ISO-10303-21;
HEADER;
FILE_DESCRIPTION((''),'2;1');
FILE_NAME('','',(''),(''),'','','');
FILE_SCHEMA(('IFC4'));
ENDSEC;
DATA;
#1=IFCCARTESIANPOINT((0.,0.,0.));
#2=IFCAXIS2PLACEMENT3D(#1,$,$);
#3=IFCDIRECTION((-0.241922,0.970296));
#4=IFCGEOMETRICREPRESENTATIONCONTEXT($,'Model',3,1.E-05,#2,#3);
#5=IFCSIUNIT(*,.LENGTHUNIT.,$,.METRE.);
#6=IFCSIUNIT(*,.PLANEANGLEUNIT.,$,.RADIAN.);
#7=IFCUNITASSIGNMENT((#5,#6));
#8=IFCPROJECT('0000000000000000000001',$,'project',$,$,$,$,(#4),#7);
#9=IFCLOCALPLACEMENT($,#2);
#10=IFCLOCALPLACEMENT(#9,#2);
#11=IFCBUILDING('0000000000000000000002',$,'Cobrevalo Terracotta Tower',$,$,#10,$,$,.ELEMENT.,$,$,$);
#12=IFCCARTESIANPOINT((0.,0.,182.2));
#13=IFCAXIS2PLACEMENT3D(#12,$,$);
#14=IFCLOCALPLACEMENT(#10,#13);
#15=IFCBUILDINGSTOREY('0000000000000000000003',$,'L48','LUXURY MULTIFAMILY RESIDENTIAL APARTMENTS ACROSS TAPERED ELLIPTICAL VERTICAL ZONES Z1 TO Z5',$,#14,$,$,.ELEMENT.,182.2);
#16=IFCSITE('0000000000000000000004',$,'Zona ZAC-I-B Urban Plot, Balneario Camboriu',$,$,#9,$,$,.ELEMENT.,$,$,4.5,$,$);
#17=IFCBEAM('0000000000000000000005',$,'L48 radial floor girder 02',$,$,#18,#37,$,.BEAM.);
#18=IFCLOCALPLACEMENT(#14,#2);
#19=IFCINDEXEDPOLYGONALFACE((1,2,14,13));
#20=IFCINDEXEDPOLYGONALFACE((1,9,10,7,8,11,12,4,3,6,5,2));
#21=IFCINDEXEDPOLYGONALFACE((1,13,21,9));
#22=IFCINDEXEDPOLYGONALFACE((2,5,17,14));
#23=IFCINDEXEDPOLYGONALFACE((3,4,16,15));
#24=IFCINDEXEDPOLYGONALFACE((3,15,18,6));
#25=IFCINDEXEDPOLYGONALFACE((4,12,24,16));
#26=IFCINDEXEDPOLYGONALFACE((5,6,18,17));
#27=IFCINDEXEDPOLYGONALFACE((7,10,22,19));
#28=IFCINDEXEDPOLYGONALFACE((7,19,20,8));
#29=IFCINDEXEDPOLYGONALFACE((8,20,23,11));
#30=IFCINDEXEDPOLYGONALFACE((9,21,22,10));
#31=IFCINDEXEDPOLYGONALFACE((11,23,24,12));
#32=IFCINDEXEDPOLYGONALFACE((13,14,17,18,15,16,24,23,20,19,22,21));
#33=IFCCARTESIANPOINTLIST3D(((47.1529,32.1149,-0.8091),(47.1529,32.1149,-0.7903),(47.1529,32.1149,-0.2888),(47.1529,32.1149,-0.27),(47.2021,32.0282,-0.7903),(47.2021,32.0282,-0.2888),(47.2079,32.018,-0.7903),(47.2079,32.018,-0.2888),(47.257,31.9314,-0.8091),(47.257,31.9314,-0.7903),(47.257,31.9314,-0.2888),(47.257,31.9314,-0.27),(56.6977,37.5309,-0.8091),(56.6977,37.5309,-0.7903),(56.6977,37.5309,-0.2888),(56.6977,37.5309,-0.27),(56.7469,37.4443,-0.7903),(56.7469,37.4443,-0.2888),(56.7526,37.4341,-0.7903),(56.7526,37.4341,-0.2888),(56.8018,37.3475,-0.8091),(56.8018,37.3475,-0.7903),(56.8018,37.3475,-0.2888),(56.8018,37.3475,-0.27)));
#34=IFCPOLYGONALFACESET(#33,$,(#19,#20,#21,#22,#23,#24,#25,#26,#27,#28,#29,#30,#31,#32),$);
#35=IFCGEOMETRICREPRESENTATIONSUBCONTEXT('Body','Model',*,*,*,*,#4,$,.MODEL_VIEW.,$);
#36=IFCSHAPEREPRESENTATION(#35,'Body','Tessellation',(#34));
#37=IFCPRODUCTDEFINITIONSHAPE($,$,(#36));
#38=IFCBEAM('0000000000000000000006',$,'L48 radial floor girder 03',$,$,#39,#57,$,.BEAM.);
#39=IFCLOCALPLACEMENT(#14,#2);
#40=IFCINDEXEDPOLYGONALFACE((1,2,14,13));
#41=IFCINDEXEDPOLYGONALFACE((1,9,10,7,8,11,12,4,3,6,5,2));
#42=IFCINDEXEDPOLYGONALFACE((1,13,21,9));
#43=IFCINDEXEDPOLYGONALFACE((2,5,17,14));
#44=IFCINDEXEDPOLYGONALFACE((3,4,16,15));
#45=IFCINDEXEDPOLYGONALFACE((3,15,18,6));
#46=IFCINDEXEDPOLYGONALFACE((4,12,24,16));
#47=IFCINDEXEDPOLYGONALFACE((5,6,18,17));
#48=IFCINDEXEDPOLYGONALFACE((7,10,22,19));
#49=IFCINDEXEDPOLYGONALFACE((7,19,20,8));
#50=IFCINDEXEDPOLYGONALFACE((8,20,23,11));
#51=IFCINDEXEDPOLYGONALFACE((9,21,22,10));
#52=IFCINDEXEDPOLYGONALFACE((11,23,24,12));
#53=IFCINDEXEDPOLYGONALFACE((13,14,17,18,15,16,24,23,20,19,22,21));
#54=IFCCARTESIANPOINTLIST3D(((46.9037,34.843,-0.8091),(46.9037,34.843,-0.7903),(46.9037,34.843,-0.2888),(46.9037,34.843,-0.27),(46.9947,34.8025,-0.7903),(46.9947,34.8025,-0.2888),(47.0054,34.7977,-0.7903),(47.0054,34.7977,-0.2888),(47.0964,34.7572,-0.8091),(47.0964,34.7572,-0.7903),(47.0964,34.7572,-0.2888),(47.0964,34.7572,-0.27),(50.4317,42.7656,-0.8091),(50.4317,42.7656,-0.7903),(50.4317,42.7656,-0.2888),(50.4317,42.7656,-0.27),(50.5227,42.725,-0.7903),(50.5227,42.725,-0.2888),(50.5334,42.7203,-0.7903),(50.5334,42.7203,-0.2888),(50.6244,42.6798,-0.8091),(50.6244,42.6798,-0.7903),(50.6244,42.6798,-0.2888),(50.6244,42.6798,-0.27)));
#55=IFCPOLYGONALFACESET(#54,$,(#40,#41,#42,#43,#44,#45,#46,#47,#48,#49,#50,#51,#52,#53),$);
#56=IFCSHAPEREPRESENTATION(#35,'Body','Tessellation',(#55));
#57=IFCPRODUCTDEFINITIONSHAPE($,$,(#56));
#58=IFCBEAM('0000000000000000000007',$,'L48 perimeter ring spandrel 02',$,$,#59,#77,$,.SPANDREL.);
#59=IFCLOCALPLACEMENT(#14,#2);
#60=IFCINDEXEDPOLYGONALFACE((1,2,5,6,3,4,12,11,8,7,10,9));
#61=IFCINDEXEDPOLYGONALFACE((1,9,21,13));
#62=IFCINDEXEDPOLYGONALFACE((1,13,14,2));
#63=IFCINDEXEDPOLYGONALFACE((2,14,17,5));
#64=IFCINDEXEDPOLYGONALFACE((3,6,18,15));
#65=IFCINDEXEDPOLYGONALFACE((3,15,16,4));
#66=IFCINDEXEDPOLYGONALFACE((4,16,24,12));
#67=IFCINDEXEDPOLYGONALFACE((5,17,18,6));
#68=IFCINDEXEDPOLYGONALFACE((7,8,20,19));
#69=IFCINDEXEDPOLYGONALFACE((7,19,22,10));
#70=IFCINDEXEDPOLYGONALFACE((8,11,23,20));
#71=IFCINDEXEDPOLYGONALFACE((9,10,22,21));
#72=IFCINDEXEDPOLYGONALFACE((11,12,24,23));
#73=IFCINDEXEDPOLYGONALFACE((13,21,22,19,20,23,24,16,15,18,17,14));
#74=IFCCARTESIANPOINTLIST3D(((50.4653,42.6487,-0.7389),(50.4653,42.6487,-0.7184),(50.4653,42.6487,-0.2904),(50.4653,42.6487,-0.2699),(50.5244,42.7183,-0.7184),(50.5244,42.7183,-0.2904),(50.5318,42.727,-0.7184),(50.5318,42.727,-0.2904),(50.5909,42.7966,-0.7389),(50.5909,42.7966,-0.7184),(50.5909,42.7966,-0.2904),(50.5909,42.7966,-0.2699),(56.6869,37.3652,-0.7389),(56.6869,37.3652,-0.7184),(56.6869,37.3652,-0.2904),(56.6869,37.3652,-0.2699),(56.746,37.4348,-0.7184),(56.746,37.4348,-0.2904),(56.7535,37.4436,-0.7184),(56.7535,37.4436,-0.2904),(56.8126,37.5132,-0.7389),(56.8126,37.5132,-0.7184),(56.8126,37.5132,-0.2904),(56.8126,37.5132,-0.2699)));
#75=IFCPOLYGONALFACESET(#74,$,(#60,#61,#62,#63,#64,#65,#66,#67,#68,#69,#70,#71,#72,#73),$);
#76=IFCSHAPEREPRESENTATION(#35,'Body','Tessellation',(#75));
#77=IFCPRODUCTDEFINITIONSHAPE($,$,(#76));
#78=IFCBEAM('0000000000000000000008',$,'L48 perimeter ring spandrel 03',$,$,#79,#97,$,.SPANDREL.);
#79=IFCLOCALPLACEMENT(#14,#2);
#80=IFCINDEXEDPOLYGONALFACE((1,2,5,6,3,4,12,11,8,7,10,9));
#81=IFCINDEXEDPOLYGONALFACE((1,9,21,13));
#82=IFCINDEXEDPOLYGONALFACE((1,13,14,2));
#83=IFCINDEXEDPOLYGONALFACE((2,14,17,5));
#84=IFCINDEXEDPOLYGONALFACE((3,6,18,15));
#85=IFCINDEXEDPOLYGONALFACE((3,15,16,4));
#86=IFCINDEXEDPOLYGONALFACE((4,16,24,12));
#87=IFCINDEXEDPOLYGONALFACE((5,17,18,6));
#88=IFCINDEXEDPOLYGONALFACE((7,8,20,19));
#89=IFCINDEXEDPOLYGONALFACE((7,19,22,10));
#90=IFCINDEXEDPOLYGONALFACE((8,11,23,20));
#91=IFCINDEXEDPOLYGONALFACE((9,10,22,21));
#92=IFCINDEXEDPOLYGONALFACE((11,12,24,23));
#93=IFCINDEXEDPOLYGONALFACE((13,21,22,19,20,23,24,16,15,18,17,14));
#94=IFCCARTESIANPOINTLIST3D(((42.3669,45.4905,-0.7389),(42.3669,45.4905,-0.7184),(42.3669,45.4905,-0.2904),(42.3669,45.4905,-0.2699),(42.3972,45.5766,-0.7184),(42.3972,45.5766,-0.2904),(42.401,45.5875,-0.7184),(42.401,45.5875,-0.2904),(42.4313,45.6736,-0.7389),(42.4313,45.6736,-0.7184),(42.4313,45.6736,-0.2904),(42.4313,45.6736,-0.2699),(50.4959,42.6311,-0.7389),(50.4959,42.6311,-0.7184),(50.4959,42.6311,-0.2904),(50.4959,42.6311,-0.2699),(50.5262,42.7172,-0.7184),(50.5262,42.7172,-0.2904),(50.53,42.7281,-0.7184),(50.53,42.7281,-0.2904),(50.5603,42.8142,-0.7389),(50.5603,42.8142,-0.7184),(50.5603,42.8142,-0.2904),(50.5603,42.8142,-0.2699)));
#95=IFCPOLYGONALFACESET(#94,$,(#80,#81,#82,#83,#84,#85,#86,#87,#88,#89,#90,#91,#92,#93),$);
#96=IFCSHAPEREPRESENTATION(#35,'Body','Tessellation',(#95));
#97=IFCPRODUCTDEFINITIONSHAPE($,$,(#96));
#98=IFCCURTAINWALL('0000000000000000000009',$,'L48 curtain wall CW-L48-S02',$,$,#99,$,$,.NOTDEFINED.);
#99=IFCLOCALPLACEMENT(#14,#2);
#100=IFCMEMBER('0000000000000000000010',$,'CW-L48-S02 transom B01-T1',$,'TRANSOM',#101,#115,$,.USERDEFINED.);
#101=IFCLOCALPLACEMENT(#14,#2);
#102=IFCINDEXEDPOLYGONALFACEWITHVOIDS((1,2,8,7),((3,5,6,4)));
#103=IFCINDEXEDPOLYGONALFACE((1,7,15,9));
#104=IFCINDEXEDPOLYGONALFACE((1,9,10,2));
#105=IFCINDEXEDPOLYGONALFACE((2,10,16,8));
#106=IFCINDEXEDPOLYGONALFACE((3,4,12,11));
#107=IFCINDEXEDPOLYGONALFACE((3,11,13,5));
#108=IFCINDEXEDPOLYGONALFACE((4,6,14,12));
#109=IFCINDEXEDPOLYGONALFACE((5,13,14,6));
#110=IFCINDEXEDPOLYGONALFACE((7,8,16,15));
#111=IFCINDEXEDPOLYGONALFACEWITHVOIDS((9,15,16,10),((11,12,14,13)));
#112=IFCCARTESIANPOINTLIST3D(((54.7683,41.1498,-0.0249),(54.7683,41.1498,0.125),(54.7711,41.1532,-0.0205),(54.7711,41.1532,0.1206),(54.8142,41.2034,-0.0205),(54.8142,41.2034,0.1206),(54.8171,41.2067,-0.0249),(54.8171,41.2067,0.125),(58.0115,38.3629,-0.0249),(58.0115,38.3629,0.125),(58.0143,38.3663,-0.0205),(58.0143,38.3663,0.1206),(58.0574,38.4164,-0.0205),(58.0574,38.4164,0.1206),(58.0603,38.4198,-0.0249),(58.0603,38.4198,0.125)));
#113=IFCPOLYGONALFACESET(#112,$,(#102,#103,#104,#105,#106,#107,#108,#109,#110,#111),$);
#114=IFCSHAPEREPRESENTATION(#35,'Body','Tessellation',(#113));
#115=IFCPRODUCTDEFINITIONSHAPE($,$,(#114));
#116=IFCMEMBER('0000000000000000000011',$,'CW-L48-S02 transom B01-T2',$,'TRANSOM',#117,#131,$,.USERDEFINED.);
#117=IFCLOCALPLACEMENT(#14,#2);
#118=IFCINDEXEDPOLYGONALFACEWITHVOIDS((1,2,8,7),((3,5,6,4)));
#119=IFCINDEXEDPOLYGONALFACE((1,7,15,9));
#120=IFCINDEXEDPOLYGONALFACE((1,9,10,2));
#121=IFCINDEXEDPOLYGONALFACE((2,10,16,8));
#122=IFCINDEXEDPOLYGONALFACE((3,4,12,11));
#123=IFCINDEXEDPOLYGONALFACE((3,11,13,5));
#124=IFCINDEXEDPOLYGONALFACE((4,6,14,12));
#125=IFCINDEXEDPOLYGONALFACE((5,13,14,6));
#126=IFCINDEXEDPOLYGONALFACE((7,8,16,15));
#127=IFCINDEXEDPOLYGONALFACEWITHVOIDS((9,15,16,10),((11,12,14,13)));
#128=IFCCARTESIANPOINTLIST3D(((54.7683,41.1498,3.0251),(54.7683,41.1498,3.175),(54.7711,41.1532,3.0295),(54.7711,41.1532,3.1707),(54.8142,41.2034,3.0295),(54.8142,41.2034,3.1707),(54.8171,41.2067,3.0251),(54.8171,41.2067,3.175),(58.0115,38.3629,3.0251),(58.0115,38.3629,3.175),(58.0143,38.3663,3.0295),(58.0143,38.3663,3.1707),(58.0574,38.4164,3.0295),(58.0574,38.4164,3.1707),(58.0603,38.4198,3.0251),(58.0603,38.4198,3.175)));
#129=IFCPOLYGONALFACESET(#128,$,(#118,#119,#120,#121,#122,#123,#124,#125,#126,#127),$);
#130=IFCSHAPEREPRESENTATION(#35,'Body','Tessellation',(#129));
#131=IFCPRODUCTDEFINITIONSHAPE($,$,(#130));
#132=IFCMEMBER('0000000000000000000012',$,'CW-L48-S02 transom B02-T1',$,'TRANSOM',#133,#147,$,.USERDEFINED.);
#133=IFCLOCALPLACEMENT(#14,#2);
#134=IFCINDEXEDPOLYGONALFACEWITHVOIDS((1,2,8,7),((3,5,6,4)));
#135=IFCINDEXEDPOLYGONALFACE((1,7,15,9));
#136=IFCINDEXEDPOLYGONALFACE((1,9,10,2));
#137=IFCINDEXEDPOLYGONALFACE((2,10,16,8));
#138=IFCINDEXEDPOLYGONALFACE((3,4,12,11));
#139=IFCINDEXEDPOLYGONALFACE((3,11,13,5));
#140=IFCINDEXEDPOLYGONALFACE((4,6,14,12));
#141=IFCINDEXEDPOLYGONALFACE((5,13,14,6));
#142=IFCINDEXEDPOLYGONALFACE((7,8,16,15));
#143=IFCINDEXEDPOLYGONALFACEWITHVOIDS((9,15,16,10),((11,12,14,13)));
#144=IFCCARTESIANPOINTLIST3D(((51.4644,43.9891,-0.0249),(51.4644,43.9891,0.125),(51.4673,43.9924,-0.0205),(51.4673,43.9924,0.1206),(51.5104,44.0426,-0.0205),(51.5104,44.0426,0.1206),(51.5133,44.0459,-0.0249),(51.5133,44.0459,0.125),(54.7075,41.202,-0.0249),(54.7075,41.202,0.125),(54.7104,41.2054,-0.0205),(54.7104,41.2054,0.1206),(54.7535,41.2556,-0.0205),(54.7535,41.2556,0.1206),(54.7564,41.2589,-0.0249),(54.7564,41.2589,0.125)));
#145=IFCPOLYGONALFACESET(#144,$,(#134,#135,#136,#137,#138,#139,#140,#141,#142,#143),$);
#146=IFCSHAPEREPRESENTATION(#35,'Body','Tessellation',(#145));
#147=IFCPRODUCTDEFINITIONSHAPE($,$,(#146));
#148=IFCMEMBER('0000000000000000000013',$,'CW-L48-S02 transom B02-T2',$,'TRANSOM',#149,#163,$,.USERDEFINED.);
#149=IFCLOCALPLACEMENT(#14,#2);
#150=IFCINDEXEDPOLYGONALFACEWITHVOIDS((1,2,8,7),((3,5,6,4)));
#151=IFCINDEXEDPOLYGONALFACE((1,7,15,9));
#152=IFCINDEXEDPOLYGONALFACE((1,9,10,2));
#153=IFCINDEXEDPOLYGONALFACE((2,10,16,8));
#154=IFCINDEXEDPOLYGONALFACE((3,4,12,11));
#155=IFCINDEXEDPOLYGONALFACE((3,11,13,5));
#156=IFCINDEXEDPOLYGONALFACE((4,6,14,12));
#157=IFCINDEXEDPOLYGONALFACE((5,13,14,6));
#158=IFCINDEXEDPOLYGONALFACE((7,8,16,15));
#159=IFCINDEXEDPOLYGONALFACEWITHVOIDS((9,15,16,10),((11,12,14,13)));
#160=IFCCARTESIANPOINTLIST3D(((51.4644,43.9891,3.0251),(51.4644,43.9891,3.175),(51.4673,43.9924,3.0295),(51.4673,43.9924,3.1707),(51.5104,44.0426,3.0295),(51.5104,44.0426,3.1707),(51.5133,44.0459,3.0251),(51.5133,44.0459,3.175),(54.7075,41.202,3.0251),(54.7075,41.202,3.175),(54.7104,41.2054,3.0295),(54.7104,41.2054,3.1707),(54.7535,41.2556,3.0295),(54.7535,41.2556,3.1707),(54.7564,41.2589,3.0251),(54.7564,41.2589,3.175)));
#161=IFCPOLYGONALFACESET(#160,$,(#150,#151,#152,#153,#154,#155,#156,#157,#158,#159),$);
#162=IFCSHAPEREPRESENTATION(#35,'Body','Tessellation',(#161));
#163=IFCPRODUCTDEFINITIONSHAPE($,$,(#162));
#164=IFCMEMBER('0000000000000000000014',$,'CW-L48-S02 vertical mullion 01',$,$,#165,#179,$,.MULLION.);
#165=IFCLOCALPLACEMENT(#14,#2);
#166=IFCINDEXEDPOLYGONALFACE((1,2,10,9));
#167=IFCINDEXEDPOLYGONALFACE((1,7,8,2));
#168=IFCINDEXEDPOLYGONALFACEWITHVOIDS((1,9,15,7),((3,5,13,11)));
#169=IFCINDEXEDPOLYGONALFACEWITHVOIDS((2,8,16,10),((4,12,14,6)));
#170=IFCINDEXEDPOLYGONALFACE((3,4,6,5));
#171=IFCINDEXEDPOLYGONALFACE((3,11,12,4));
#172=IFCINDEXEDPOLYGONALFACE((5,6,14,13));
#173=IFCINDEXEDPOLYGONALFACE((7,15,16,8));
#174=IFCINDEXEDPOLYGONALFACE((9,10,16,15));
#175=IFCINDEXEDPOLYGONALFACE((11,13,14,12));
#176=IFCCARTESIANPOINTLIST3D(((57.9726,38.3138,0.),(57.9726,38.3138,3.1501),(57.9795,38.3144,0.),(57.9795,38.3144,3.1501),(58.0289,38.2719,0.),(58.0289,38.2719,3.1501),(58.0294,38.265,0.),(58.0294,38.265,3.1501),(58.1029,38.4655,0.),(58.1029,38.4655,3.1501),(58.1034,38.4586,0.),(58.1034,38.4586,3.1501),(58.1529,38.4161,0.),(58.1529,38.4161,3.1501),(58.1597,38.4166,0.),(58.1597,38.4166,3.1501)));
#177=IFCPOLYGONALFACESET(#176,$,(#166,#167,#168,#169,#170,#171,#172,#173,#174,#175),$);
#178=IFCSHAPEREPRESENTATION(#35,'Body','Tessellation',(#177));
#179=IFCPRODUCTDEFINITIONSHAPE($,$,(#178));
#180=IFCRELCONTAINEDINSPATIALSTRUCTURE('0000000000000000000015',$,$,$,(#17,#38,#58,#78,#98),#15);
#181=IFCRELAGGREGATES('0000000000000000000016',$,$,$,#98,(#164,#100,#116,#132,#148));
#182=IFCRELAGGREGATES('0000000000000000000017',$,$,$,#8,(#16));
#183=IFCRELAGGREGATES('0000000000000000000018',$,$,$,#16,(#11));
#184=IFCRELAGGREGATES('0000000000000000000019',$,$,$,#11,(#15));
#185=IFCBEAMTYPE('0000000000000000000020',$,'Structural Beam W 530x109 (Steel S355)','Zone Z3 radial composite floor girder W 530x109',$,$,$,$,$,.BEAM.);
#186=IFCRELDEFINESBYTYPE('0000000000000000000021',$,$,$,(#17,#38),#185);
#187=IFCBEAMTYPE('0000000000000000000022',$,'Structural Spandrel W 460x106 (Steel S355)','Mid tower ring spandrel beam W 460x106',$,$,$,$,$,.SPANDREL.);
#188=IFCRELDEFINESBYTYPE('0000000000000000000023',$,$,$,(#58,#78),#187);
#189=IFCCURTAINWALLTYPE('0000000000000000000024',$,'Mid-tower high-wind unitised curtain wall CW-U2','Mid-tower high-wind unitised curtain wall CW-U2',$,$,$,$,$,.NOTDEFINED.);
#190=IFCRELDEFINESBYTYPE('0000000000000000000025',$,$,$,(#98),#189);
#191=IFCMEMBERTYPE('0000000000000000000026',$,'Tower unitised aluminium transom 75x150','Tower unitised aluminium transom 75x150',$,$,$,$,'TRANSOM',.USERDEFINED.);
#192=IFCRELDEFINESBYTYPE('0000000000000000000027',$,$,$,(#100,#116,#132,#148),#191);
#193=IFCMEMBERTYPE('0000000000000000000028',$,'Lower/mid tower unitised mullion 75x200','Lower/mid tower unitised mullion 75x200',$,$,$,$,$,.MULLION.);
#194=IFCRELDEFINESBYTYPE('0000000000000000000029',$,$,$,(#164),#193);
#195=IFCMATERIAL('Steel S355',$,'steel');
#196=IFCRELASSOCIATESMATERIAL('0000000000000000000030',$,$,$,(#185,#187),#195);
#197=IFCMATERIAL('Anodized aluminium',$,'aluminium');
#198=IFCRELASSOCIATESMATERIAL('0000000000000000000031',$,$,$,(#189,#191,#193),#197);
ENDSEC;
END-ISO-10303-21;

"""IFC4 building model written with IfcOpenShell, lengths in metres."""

from ifc_helpers import new_model, si_unit, direction, frame, origin, origin_2d, place, context, subcontext, project, spatial, hollow_rectangle, i_section, extrude, source, transform, mapped, material, material_profile, profile_set, type_object, element, aggregate, save


model = new_model("IFC4")

# Units and contexts
model_context = context("Model", 3, precision=1e-05, world=origin(), true_north=direction((-0.241922, 0.970296)))
body_context = subcontext(model_context, "Body", "Model", "MODEL_VIEW")
ifc_project = project(units=[si_unit("LENGTHUNIT", "METRE"), si_unit("PLANEANGLEUNIT", "RADIAN")], contexts=[model_context])

# Site, building, storey
site_placement = place(None, origin())
site = spatial("IfcSite", under=ifc_project, at=site_placement, Name="Zona ZAC-I-B Urban Plot, Balneario Camboriu", CompositionType="ELEMENT", RefElevation=4.5)
building_placement = place(site_placement, origin())
building = spatial("IfcBuilding", under=site, at=building_placement, Name="Cobrevalo Terracotta Tower", CompositionType="ELEMENT")
storey_placement = place(building_placement, frame((0.0, 0.0, 182.2)))
storey = spatial("IfcBuildingStorey", under=building, at=storey_placement, Name="L48", Description="LUXURY MULTIFAMILY RESIDENTIAL APARTMENTS ACROSS TAPERED ELLIPTICAL VERTICAL ZONES Z1 TO Z5", CompositionType="ELEMENT", Elevation=182.2)

# Shared definitions
ifc_material_1 = material(Name="Steel S355", Category="steel")

# Beams
ifc_material_profile_1 = material_profile(ifc_material_1, i_section(OverallWidth=0.2109, OverallDepth=0.5391, WebThickness=0.0117, FlangeThickness=0.0188, at=origin_2d()), Name="W 530x109")
ifc_profile_set_1 = profile_set([ifc_material_profile_1], Name="Steel S355")
beam_type_1 = type_object("IfcBeamType", Name="Structural Beam W 530x109 (Steel S355)", Description="Zone Z3 radial composite floor girder W 530x109", PredefinedType="BEAM", material=ifc_profile_set_1)
beam_1_placement = place(storey_placement, frame((56.7498, 37.4392, -0.5396), z_axis=(-0.869734, -0.49352, 0.0), x_axis=(0.49352, -0.869734, 0.0)))
element("IfcBeam", 1, at=beam_1_placement, inside=storey, type_object=beam_type_1, Name="L48 radial floor girder 02", PredefinedType="BEAM", context=body_context, shape_type="SweptSolid", body=[
    extrude(i_section(OverallWidth=0.2109, OverallDepth=0.5391, WebThickness=0.0117, FlangeThickness=0.0188, at=origin_2d()), origin(), (0.0, 0.0, 1.0), 10.9744),
])
beam_2_placement = place(storey_placement, frame((50.5281, 42.7227, -0.5396), z_axis=(-0.406804, -0.913515, 0.0), x_axis=(0.913515, -0.406804, 0.0)))
element("IfcBeam", 2, at=beam_2_placement, inside=storey, type_object=beam_type_1, Name="L48 radial floor girder 03", PredefinedType="BEAM", context=body_context, shape_type="SweptSolid", body=[
    extrude(i_section(OverallWidth=0.2109, OverallDepth=0.5391, WebThickness=0.0117, FlangeThickness=0.0188, at=origin_2d()), origin(), (0.0, 0.0, 1.0), 8.6726),
])
ifc_material_profile_2 = material_profile(ifc_material_1, i_section(OverallWidth=0.1941, OverallDepth=0.469, WebThickness=0.0115, FlangeThickness=0.0205, at=origin_2d()), Name="W 460x106")
ifc_profile_set_2 = profile_set([ifc_material_profile_2], Name="Steel S355")
beam_type_2 = type_object("IfcBeamType", Name="Structural Spandrel W 460x106 (Steel S355)", Description="Mid tower ring spandrel beam W 460x106", PredefinedType="SPANDREL", material=ifc_profile_set_2)
beam_3_placement = place(storey_placement, frame((56.7498, 37.4392, -0.5044), z_axis=(-0.76224, 0.647294, 0.0), x_axis=(-0.647294, -0.76224, 0.0)))
element("IfcBeam", 3, at=beam_3_placement, inside=storey, type_object=beam_type_2, Name="L48 perimeter ring spandrel 02", PredefinedType="SPANDREL", context=body_context, shape_type="SweptSolid", body=[
    extrude(i_section(OverallWidth=0.1941, OverallDepth=0.469, WebThickness=0.0115, FlangeThickness=0.0205, at=origin_2d()), origin(), (0.0, 0.0, 1.0), 8.1624),
])
beam_4_placement = place(storey_placement, frame((50.5281, 42.7227, -0.5044), z_axis=(-0.943341, 0.331824, 0.0), x_axis=(-0.331824, -0.943341, 0.0)))
element("IfcBeam", 4, at=beam_4_placement, inside=storey, type_object=beam_type_2, Name="L48 perimeter ring spandrel 03", PredefinedType="SPANDREL", context=body_context, shape_type="SweptSolid", body=[
    extrude(i_section(OverallWidth=0.1941, OverallDepth=0.469, WebThickness=0.0115, FlangeThickness=0.0205, at=origin_2d()), origin(), (0.0, 0.0, 1.0), 8.6172),
])

# Curtain wall, members
ifc_material_2 = material(Name="Anodized aluminium", Category="aluminium")
curtain_wall_type = type_object("IfcCurtainWallType", Name="Mid-tower high-wind unitised curtain wall CW-U2", Description="Mid-tower high-wind unitised curtain wall CW-U2", PredefinedType="NOTDEFINED", material=ifc_material_2)
curtain_wall_placement = place(storey_placement, origin())
curtain_wall = element("IfcCurtainWall", 5, at=curtain_wall_placement, inside=storey, type_object=curtain_wall_type, Name="L48 curtain wall CW-L48-S02", PredefinedType="NOTDEFINED")
ifc_material_profile_3 = material_profile(ifc_material_2, hollow_rectangle(XDim=0.075, YDim=0.1499, WallThickness=0.0044, at=origin_2d()), Name="CWT 75x150")
ifc_profile_set_3 = profile_set([ifc_material_profile_3], Name="Anodized aluminium")
member_type_1 = type_object("IfcMemberType", Name="Tower unitised aluminium transom 75x150", Description="Tower unitised aluminium transom 75x150", ElementType="TRANSOM", PredefinedType="USERDEFINED", material=ifc_profile_set_3)
shared_shape_1 = source(origin(), body_context, "Body", "SweptSolid", [
    extrude(hollow_rectangle(XDim=0.075, YDim=0.1499, WallThickness=0.0044, at=origin_2d()), origin(), (0.0, 0.0, 1.0), 4.2761),
])
member_1_placement = place(storey_placement, frame((58.0359, 38.3914, 0.05), z_axis=(-0.758446, 0.651736, 0.0), x_axis=(-0.651736, -0.758446, 0.0)))
member_1 = element("IfcMember", 6, at=member_1_placement, type_object=member_type_1, Name="CW-L48-S02 transom B01-T1", ObjectType="TRANSOM", PredefinedType="USERDEFINED", context=body_context, shape_type="MappedRepresentation", body=[
    mapped(shared_shape_1, transform((0.0, 0.0, 0.0), scale=1.0)),
])
member_2_placement = place(storey_placement, frame((58.0359, 38.3914, 3.1001), z_axis=(-0.758446, 0.651736, 0.0), x_axis=(-0.651736, -0.758446, 0.0)))
member_2 = element("IfcMember", 7, at=member_2_placement, type_object=member_type_1, Name="CW-L48-S02 transom B01-T2", ObjectType="TRANSOM", PredefinedType="USERDEFINED", context=body_context, shape_type="MappedRepresentation", body=[
    mapped(shared_shape_1, transform((0.0, 0.0, 0.0), scale=1.0)),
])
member_3_placement = place(storey_placement, frame((54.7319, 41.2305, 0.05), z_axis=(-0.758418, 0.651769, 0.0), x_axis=(-0.651769, -0.758418, 0.0)))
member_3 = element("IfcMember", 8, at=member_3_placement, type_object=member_type_1, Name="CW-L48-S02 transom B02-T1", ObjectType="TRANSOM", PredefinedType="USERDEFINED", context=body_context, shape_type="MappedRepresentation", body=[
    mapped(shared_shape_1, transform((0.0, 0.0, 0.0), scale=1.0)),
])
member_4_placement = place(storey_placement, frame((54.7319, 41.2305, 3.1001), z_axis=(-0.758418, 0.651769, 0.0), x_axis=(-0.651769, -0.758418, 0.0)))
member_4 = element("IfcMember", 9, at=member_4_placement, type_object=member_type_1, Name="CW-L48-S02 transom B02-T2", ObjectType="TRANSOM", PredefinedType="USERDEFINED", context=body_context, shape_type="MappedRepresentation", body=[
    mapped(shared_shape_1, transform((0.0, 0.0, 0.0), scale=1.0)),
])
ifc_material_profile_4 = material_profile(ifc_material_2, hollow_rectangle(XDim=0.075, YDim=0.2, WallThickness=0.0049, at=origin_2d()), Name="CWM 75x200")
ifc_profile_set_4 = profile_set([ifc_material_profile_4], Name="Anodized aluminium")
member_type_2 = type_object("IfcMemberType", Name="Lower/mid tower unitised mullion 75x200", Description="Lower/mid tower unitised mullion 75x200", PredefinedType="MULLION", material=ifc_profile_set_4)
shared_shape_2 = source(origin(), body_context, "Body", "SweptSolid", [
    extrude(hollow_rectangle(XDim=0.075, YDim=0.2, WallThickness=0.0049, at=origin_2d()), origin(), (0.0, 0.0, 1.0), 3.1501),
])
member_5_placement = place(storey_placement, frame((58.0662, 38.3652, 0.0), z_axis=(0.0, 0.0, 1.0), x_axis=(-0.758442, 0.651741, 0.0)))
member_5 = element("IfcMember", 10, at=member_5_placement, type_object=member_type_2, Name="CW-L48-S02 vertical mullion 01", PredefinedType="MULLION", context=body_context, shape_type="MappedRepresentation", body=[
    mapped(shared_shape_2, transform((0.0, 0.0, 0.0), scale=1.0)),
])

aggregate(curtain_wall, [member_5, member_1, member_2, member_3, member_4])

save(model, "model.ifc")
